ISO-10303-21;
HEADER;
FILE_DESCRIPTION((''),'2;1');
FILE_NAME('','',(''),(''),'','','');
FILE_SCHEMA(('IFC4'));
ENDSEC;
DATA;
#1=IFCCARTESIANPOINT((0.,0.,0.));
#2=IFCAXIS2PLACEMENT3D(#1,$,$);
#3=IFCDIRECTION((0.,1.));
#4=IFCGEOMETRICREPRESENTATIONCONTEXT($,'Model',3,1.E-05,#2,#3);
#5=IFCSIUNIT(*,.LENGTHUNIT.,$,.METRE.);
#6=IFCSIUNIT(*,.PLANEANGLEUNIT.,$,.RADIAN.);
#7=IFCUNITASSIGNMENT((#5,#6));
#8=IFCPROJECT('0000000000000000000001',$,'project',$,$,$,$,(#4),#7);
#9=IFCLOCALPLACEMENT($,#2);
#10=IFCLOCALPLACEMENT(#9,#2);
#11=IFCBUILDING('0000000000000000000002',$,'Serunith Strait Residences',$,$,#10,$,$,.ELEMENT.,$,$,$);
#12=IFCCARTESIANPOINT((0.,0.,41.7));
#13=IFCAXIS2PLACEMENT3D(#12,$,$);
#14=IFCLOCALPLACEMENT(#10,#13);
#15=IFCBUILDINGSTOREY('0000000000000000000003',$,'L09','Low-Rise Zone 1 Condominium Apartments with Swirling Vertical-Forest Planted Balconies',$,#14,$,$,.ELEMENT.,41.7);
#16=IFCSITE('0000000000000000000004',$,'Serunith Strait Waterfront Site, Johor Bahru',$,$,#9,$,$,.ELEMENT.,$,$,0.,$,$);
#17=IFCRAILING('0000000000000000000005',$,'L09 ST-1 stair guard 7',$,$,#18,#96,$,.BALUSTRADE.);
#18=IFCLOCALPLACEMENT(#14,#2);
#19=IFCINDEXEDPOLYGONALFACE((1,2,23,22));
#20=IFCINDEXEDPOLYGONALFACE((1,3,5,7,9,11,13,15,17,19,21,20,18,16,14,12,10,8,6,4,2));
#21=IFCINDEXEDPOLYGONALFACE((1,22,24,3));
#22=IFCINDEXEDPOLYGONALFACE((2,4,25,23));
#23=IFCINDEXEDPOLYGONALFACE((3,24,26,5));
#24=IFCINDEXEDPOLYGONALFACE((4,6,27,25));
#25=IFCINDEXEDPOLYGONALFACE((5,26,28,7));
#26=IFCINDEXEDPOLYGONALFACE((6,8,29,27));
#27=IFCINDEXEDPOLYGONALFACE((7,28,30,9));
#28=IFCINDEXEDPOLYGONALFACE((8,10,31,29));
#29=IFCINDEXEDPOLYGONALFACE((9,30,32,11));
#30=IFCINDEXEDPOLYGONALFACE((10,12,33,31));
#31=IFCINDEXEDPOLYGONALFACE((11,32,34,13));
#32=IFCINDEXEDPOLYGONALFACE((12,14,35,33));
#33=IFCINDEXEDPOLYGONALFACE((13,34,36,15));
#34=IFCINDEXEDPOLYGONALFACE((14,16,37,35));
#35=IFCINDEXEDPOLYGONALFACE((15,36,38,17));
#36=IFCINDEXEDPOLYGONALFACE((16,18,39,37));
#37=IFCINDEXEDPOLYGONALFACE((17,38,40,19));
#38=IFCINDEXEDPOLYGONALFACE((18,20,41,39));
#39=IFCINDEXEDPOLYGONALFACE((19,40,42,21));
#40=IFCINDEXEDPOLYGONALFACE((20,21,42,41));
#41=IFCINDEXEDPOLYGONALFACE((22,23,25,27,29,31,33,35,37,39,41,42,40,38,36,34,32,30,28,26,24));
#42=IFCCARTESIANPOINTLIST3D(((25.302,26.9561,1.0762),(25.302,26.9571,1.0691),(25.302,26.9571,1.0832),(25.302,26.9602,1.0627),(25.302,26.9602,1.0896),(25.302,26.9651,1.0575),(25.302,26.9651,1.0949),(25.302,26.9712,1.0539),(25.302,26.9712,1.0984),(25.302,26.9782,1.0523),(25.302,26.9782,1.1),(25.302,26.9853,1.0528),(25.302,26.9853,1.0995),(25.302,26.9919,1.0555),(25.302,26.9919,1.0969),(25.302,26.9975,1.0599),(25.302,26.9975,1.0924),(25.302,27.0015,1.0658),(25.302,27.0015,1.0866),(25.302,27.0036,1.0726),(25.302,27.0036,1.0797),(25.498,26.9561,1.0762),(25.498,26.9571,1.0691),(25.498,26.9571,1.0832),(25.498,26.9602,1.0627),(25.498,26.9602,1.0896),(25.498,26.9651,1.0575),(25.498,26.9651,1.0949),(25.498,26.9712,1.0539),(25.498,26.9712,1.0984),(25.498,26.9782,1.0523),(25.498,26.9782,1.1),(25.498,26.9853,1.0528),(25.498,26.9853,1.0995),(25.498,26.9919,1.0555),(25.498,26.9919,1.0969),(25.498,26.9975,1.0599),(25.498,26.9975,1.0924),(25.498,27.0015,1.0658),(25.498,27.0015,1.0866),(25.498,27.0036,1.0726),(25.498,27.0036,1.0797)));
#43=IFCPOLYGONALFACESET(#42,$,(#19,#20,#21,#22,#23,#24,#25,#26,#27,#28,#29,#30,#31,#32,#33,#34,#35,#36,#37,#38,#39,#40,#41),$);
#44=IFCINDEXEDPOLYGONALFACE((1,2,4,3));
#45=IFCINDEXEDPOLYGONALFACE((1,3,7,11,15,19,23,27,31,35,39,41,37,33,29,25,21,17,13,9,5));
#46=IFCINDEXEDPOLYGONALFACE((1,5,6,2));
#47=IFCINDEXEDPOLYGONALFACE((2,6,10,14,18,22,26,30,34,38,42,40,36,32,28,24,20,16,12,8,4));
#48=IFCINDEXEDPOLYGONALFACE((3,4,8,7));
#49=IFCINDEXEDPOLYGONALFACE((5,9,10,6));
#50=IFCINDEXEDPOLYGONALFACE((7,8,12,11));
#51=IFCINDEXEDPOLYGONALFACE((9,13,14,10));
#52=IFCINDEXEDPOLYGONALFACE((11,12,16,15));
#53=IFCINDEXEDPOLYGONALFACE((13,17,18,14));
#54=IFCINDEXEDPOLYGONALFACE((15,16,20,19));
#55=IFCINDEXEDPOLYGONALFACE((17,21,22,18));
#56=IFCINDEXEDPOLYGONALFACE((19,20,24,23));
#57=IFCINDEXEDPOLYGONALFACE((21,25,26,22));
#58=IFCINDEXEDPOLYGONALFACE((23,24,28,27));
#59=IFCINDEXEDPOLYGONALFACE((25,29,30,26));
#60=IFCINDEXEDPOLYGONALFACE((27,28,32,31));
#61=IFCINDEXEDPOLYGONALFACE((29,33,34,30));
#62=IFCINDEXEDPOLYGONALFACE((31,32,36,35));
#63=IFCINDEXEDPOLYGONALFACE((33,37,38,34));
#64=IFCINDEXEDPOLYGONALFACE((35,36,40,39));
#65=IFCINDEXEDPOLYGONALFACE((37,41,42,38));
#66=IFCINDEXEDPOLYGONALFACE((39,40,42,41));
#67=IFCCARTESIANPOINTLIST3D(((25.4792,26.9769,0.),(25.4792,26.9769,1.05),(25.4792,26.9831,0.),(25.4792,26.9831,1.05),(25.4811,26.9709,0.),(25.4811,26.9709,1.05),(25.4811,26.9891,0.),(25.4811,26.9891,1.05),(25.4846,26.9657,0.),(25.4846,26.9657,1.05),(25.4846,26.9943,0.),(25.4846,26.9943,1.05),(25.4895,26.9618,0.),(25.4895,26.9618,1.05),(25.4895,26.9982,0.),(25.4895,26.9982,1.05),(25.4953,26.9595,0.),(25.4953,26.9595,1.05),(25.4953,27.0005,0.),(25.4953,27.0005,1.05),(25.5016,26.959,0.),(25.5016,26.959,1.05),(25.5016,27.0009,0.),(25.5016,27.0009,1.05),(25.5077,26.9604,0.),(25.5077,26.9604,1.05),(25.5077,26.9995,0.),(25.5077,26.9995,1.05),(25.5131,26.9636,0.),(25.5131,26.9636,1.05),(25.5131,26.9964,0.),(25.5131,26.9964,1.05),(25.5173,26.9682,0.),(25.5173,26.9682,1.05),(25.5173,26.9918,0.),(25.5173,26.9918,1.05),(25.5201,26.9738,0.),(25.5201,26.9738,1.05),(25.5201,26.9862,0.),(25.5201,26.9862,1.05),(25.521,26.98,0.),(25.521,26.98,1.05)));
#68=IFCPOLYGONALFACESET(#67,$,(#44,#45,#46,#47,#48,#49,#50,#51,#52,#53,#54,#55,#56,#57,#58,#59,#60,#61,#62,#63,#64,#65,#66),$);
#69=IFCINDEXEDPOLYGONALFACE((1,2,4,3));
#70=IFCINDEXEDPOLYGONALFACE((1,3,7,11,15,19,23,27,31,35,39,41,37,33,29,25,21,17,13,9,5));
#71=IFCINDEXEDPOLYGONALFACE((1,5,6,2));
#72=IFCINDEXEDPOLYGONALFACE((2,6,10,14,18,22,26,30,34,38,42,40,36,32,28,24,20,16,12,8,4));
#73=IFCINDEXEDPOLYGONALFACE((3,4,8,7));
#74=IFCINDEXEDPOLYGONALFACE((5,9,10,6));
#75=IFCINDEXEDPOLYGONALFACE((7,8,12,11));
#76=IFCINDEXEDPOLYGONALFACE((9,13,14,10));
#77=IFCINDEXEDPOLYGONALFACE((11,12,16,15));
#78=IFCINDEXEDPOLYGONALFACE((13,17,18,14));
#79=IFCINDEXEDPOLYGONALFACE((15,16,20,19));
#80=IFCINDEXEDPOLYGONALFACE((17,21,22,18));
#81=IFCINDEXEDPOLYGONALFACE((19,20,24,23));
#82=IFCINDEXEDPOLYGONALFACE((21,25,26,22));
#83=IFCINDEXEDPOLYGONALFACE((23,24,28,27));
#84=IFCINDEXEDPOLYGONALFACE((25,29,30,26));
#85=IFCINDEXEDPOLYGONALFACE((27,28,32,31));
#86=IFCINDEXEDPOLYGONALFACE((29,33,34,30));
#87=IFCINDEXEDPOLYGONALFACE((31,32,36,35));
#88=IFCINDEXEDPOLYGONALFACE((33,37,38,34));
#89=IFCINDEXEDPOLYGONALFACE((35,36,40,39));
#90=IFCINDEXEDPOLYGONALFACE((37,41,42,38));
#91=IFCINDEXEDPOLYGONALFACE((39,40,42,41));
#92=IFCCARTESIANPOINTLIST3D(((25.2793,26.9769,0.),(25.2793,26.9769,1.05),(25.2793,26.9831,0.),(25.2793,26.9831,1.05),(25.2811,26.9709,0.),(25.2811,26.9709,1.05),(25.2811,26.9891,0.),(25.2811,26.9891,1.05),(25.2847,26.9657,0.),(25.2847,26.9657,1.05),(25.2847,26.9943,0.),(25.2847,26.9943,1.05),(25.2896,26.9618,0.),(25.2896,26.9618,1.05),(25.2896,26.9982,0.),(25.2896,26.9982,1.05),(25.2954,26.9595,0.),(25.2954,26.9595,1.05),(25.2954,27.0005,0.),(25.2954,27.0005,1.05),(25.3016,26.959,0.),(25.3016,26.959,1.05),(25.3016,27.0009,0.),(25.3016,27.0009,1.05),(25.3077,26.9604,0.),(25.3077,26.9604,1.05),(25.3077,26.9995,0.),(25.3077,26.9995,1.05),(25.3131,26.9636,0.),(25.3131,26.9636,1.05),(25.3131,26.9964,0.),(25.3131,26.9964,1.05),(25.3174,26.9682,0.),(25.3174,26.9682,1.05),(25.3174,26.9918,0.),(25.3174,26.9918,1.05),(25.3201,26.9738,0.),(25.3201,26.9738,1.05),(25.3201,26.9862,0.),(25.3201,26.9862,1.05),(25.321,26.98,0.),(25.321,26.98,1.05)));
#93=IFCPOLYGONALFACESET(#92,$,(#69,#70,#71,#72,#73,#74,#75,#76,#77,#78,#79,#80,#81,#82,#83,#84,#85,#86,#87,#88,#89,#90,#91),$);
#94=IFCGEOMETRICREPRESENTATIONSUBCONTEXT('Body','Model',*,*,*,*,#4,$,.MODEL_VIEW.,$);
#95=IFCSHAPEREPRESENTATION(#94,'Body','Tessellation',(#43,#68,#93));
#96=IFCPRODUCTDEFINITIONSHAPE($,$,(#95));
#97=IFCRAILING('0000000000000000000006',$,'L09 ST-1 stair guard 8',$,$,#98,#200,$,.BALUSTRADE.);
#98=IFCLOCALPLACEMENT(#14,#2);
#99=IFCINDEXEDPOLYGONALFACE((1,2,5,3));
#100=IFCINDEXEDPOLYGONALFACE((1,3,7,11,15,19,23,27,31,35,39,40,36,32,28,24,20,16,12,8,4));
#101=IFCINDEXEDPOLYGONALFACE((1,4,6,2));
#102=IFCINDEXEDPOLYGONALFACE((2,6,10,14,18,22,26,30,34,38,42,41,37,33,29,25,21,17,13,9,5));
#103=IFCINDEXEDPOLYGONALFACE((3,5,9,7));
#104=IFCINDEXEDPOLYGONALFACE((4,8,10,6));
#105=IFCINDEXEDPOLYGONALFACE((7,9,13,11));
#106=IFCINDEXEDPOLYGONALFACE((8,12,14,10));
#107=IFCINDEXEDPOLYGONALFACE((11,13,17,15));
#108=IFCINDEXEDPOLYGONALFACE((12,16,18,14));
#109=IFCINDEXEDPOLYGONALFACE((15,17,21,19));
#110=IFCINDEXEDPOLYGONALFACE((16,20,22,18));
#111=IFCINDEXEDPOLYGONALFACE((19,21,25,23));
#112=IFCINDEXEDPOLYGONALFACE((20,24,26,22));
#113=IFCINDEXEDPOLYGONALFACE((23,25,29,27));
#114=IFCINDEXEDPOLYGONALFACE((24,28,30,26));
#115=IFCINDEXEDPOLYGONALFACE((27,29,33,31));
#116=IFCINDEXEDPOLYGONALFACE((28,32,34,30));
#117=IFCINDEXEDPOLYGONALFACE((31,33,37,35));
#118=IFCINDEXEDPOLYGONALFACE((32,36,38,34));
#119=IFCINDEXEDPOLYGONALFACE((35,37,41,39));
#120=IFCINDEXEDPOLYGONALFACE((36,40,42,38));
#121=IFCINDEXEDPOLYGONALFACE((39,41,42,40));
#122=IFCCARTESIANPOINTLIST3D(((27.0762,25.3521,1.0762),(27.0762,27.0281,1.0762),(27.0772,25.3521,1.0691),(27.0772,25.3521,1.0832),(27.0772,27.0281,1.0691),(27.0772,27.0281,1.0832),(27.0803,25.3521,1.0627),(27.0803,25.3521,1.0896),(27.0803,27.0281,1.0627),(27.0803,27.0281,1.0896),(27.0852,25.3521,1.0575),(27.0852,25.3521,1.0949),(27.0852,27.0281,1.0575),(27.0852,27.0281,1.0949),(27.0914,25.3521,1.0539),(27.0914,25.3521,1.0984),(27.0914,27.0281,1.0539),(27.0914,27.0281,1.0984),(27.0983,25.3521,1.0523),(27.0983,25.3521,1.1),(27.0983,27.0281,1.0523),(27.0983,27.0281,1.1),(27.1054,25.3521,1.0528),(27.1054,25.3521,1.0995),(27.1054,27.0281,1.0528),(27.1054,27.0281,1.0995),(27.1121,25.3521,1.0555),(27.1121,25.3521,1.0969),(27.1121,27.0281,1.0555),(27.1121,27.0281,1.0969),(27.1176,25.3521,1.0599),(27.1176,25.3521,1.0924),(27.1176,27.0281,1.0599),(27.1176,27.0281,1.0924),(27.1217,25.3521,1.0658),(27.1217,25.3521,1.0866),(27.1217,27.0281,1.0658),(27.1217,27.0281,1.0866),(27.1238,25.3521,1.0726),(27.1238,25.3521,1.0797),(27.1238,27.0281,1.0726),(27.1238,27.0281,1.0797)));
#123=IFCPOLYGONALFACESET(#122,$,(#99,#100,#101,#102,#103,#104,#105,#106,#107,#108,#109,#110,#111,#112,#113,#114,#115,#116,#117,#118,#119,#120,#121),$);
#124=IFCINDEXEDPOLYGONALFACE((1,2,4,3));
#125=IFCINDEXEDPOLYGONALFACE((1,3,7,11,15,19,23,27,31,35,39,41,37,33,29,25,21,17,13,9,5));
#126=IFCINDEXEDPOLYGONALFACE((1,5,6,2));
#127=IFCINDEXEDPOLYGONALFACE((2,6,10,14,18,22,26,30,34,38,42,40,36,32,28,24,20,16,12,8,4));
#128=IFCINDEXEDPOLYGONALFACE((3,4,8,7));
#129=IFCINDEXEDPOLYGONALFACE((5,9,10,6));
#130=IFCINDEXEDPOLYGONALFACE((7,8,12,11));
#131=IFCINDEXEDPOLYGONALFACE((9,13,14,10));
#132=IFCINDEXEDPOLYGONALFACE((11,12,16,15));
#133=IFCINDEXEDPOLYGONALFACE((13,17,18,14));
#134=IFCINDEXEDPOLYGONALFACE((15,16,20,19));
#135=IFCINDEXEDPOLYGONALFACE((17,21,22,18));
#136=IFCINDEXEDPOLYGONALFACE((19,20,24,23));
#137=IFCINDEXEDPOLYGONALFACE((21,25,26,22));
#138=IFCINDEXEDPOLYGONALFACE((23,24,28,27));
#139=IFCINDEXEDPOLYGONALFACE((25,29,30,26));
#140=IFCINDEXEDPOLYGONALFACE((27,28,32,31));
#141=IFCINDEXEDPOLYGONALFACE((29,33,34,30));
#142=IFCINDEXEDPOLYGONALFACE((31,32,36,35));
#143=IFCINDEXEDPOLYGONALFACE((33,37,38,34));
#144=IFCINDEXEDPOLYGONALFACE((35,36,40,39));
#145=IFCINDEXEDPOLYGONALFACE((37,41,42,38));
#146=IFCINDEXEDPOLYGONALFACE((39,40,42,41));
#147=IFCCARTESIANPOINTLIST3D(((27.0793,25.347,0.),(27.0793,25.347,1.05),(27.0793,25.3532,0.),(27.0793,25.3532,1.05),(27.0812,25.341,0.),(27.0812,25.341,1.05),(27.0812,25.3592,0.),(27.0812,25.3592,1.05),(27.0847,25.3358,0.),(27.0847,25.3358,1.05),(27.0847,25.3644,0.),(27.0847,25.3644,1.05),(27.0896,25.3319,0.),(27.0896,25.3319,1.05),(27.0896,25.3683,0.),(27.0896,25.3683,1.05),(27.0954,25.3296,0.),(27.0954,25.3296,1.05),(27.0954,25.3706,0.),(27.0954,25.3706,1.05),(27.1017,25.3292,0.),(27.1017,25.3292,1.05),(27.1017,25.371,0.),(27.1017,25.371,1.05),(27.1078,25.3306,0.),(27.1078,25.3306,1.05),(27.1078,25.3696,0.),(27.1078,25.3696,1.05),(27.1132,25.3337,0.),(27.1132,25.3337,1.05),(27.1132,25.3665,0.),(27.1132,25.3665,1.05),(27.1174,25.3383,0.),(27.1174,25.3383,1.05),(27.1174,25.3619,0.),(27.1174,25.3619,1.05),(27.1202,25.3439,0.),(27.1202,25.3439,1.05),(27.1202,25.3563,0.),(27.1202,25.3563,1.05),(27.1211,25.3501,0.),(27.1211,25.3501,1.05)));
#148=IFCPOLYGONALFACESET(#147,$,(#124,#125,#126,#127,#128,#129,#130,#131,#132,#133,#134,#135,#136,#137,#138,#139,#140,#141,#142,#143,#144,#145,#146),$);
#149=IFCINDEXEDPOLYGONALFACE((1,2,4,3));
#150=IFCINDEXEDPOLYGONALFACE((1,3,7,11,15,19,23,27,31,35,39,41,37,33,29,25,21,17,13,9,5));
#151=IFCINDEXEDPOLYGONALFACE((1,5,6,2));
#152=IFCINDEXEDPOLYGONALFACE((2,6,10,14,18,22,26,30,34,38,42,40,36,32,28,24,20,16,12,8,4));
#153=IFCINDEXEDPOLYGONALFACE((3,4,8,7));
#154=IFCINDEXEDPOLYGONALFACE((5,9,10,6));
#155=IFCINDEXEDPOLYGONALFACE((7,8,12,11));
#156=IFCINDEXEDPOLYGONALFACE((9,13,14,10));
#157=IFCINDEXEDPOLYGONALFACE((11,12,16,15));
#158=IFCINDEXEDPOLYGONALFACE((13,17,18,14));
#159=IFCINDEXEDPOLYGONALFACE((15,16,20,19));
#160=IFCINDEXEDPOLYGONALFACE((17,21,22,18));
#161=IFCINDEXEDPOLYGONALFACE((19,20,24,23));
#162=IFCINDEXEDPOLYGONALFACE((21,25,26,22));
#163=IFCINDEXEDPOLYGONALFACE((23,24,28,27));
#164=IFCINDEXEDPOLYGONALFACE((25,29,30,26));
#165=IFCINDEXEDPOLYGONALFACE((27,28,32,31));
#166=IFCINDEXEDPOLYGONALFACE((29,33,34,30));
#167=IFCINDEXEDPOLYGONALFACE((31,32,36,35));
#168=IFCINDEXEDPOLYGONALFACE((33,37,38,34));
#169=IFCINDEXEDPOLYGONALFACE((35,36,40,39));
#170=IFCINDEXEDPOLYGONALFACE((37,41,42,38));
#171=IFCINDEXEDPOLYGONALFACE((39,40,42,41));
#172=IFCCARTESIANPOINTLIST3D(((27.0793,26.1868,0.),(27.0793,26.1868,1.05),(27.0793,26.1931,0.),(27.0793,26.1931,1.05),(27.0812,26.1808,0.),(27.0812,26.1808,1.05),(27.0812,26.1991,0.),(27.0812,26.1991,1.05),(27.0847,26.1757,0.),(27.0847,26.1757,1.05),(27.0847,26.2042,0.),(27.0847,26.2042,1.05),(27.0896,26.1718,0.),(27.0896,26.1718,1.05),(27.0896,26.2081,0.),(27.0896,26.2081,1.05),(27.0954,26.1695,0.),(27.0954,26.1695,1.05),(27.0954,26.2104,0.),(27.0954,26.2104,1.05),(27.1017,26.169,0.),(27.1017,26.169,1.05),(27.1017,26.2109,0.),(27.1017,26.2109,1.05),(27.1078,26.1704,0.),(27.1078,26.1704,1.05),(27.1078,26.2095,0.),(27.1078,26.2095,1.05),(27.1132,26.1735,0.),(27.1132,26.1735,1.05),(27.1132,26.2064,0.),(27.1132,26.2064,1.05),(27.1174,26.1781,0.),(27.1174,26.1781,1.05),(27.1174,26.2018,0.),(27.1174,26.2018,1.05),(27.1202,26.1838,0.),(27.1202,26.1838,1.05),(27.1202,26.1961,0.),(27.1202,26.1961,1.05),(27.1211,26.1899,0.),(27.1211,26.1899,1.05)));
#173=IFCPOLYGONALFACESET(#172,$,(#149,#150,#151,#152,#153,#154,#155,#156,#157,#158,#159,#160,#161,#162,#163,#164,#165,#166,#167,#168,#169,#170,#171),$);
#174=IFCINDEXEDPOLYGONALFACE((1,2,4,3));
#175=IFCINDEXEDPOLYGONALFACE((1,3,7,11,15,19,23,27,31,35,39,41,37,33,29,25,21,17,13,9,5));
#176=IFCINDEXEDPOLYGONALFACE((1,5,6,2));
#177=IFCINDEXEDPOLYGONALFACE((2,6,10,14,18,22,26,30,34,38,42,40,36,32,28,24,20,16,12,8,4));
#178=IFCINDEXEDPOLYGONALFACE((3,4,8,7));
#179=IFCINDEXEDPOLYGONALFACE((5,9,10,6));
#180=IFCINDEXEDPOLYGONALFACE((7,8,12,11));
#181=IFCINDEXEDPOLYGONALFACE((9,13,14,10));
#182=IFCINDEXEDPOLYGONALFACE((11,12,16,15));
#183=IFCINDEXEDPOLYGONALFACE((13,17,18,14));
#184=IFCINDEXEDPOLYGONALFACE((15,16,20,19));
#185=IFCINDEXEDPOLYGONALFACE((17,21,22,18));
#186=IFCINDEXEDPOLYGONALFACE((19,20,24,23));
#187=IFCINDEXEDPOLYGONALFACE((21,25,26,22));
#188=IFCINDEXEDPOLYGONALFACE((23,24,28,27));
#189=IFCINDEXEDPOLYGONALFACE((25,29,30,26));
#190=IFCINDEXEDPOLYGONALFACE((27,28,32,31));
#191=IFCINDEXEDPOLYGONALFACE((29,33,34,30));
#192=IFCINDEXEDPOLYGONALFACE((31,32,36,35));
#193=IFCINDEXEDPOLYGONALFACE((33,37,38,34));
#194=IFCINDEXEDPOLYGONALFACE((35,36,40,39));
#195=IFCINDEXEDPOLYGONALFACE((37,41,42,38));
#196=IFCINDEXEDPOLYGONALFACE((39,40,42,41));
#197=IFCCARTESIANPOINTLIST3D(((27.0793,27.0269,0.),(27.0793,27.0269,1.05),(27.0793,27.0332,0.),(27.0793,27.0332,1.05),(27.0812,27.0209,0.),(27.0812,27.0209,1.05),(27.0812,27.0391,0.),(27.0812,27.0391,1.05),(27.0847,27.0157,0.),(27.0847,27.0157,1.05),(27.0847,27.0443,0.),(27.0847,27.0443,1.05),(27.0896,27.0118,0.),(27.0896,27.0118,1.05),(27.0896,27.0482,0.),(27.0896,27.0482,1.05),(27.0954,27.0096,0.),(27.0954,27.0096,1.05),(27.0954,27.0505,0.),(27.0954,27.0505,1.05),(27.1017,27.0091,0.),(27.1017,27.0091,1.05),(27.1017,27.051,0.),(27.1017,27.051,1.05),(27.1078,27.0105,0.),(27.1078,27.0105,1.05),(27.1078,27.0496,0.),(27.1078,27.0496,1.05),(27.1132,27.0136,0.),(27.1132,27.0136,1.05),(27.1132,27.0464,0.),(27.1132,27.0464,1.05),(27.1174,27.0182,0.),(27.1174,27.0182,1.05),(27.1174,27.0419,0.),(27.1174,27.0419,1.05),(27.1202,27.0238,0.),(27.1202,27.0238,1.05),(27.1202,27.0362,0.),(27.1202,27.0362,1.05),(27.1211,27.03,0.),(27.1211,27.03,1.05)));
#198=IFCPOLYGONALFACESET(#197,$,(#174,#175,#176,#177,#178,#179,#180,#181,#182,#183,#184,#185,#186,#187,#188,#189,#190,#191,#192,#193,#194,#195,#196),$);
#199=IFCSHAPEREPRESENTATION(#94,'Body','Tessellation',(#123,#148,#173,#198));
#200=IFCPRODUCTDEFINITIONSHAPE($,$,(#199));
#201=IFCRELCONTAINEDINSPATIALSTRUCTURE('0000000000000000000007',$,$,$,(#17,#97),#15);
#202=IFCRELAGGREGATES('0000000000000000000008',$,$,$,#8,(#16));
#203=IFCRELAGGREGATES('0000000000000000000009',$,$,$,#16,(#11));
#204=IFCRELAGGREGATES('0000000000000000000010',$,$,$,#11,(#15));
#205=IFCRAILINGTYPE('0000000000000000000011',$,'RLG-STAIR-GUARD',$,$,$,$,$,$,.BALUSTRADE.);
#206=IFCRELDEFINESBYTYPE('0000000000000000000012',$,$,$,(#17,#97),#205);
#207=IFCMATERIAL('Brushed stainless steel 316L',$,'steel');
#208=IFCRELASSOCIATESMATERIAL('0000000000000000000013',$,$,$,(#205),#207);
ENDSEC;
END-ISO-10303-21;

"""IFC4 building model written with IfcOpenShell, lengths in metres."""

from ifc_helpers import new_model, si_unit, direction, frame, origin, origin_2d, place, context, subcontext, project, spatial, circle, extrude, material, type_object, element, save


model = new_model("IFC4")

# Units and contexts
model_context = context("Model", 3, precision=1e-05, world=origin(), true_north=direction((0.0, 1.0)))
body_context = subcontext(model_context, "Body", "Model", "MODEL_VIEW")
ifc_project = project(units=[si_unit("LENGTHUNIT", "METRE"), si_unit("PLANEANGLEUNIT", "RADIAN")], contexts=[model_context])

# Site, building, storey
site_placement = place(None, origin())
site = spatial("IfcSite", under=ifc_project, at=site_placement, Name="Serunith Strait Waterfront Site, Johor Bahru", CompositionType="ELEMENT", RefElevation=0.0)
building_placement = place(site_placement, origin())
building = spatial("IfcBuilding", under=site, at=building_placement, Name="Serunith Strait Residences", CompositionType="ELEMENT")
storey_placement = place(building_placement, frame((0.0, 0.0, 41.7)))
storey = spatial("IfcBuildingStorey", under=building, at=storey_placement, Name="L09", Description="Low-Rise Zone 1 Condominium Apartments with Swirling Vertical-Forest Planted Balconies", CompositionType="ELEMENT", Elevation=41.7)

# Railings
ifc_material_1 = material(Name="Brushed stainless steel 316L", Category="steel")
railing_type_1 = type_object("IfcRailingType", Name="RLG-STAIR-GUARD", PredefinedType="BALUSTRADE", material=ifc_material_1)
railing_1_placement = place(storey_placement, frame((25.5, 26.98, 0.0)))
element("IfcRailing", 1, at=railing_1_placement, inside=storey, type_object=railing_type_1, Name="L09 ST-1 stair guard 7", PredefinedType="BALUSTRADE", context=body_context, shape_type="SweptSolid", body=[
    extrude(circle(Radius=0.0239, at=origin_2d()), frame((-0.002, 0.0, 1.0762), z_axis=(-1.0, 0.0, 0.0), x_axis=(0.0, -1.0, 0.0)), (0.0, 0.0, 1.0), 0.196),
    extrude(circle(Radius=0.021, at=origin_2d()), origin(), (0.0, 0.0, 1.0), 1.05),
    extrude(circle(Radius=0.021, at=origin_2d()), frame((-0.2, 0.0, 0.0)), (0.0, 0.0, 1.0), 1.05),
])
for number, where, name in (
    (2, (27.1001, 25.3501, 0.0), "L09 ST-1 stair guard 8"),
):
    element("IfcRailing", number, at=place(storey_placement, frame(where)), inside=storey, type_object=railing_type_1, Name=name, PredefinedType="BALUSTRADE", context=body_context, shape_type="SweptSolid", body=[
        extrude(circle(Radius=0.0239, at=origin_2d()), frame((0.0, 0.002, 1.0762), z_axis=(0.0, 1.0, 0.0), x_axis=(-1.0, 0.0, 0.0)), (0.0, 0.0, 1.0), 1.676),
        extrude(circle(Radius=0.021, at=origin_2d()), origin(), (0.0, 0.0, 1.0), 1.05),
        extrude(circle(Radius=0.021, at=origin_2d()), frame((0.0, 0.8398, 0.0)), (0.0, 0.0, 1.0), 1.05),
        extrude(circle(Radius=0.021, at=origin_2d()), frame((0.0, 1.6799, 0.0)), (0.0, 0.0, 1.0), 1.05),
    ])

save(model, "model.ifc")
